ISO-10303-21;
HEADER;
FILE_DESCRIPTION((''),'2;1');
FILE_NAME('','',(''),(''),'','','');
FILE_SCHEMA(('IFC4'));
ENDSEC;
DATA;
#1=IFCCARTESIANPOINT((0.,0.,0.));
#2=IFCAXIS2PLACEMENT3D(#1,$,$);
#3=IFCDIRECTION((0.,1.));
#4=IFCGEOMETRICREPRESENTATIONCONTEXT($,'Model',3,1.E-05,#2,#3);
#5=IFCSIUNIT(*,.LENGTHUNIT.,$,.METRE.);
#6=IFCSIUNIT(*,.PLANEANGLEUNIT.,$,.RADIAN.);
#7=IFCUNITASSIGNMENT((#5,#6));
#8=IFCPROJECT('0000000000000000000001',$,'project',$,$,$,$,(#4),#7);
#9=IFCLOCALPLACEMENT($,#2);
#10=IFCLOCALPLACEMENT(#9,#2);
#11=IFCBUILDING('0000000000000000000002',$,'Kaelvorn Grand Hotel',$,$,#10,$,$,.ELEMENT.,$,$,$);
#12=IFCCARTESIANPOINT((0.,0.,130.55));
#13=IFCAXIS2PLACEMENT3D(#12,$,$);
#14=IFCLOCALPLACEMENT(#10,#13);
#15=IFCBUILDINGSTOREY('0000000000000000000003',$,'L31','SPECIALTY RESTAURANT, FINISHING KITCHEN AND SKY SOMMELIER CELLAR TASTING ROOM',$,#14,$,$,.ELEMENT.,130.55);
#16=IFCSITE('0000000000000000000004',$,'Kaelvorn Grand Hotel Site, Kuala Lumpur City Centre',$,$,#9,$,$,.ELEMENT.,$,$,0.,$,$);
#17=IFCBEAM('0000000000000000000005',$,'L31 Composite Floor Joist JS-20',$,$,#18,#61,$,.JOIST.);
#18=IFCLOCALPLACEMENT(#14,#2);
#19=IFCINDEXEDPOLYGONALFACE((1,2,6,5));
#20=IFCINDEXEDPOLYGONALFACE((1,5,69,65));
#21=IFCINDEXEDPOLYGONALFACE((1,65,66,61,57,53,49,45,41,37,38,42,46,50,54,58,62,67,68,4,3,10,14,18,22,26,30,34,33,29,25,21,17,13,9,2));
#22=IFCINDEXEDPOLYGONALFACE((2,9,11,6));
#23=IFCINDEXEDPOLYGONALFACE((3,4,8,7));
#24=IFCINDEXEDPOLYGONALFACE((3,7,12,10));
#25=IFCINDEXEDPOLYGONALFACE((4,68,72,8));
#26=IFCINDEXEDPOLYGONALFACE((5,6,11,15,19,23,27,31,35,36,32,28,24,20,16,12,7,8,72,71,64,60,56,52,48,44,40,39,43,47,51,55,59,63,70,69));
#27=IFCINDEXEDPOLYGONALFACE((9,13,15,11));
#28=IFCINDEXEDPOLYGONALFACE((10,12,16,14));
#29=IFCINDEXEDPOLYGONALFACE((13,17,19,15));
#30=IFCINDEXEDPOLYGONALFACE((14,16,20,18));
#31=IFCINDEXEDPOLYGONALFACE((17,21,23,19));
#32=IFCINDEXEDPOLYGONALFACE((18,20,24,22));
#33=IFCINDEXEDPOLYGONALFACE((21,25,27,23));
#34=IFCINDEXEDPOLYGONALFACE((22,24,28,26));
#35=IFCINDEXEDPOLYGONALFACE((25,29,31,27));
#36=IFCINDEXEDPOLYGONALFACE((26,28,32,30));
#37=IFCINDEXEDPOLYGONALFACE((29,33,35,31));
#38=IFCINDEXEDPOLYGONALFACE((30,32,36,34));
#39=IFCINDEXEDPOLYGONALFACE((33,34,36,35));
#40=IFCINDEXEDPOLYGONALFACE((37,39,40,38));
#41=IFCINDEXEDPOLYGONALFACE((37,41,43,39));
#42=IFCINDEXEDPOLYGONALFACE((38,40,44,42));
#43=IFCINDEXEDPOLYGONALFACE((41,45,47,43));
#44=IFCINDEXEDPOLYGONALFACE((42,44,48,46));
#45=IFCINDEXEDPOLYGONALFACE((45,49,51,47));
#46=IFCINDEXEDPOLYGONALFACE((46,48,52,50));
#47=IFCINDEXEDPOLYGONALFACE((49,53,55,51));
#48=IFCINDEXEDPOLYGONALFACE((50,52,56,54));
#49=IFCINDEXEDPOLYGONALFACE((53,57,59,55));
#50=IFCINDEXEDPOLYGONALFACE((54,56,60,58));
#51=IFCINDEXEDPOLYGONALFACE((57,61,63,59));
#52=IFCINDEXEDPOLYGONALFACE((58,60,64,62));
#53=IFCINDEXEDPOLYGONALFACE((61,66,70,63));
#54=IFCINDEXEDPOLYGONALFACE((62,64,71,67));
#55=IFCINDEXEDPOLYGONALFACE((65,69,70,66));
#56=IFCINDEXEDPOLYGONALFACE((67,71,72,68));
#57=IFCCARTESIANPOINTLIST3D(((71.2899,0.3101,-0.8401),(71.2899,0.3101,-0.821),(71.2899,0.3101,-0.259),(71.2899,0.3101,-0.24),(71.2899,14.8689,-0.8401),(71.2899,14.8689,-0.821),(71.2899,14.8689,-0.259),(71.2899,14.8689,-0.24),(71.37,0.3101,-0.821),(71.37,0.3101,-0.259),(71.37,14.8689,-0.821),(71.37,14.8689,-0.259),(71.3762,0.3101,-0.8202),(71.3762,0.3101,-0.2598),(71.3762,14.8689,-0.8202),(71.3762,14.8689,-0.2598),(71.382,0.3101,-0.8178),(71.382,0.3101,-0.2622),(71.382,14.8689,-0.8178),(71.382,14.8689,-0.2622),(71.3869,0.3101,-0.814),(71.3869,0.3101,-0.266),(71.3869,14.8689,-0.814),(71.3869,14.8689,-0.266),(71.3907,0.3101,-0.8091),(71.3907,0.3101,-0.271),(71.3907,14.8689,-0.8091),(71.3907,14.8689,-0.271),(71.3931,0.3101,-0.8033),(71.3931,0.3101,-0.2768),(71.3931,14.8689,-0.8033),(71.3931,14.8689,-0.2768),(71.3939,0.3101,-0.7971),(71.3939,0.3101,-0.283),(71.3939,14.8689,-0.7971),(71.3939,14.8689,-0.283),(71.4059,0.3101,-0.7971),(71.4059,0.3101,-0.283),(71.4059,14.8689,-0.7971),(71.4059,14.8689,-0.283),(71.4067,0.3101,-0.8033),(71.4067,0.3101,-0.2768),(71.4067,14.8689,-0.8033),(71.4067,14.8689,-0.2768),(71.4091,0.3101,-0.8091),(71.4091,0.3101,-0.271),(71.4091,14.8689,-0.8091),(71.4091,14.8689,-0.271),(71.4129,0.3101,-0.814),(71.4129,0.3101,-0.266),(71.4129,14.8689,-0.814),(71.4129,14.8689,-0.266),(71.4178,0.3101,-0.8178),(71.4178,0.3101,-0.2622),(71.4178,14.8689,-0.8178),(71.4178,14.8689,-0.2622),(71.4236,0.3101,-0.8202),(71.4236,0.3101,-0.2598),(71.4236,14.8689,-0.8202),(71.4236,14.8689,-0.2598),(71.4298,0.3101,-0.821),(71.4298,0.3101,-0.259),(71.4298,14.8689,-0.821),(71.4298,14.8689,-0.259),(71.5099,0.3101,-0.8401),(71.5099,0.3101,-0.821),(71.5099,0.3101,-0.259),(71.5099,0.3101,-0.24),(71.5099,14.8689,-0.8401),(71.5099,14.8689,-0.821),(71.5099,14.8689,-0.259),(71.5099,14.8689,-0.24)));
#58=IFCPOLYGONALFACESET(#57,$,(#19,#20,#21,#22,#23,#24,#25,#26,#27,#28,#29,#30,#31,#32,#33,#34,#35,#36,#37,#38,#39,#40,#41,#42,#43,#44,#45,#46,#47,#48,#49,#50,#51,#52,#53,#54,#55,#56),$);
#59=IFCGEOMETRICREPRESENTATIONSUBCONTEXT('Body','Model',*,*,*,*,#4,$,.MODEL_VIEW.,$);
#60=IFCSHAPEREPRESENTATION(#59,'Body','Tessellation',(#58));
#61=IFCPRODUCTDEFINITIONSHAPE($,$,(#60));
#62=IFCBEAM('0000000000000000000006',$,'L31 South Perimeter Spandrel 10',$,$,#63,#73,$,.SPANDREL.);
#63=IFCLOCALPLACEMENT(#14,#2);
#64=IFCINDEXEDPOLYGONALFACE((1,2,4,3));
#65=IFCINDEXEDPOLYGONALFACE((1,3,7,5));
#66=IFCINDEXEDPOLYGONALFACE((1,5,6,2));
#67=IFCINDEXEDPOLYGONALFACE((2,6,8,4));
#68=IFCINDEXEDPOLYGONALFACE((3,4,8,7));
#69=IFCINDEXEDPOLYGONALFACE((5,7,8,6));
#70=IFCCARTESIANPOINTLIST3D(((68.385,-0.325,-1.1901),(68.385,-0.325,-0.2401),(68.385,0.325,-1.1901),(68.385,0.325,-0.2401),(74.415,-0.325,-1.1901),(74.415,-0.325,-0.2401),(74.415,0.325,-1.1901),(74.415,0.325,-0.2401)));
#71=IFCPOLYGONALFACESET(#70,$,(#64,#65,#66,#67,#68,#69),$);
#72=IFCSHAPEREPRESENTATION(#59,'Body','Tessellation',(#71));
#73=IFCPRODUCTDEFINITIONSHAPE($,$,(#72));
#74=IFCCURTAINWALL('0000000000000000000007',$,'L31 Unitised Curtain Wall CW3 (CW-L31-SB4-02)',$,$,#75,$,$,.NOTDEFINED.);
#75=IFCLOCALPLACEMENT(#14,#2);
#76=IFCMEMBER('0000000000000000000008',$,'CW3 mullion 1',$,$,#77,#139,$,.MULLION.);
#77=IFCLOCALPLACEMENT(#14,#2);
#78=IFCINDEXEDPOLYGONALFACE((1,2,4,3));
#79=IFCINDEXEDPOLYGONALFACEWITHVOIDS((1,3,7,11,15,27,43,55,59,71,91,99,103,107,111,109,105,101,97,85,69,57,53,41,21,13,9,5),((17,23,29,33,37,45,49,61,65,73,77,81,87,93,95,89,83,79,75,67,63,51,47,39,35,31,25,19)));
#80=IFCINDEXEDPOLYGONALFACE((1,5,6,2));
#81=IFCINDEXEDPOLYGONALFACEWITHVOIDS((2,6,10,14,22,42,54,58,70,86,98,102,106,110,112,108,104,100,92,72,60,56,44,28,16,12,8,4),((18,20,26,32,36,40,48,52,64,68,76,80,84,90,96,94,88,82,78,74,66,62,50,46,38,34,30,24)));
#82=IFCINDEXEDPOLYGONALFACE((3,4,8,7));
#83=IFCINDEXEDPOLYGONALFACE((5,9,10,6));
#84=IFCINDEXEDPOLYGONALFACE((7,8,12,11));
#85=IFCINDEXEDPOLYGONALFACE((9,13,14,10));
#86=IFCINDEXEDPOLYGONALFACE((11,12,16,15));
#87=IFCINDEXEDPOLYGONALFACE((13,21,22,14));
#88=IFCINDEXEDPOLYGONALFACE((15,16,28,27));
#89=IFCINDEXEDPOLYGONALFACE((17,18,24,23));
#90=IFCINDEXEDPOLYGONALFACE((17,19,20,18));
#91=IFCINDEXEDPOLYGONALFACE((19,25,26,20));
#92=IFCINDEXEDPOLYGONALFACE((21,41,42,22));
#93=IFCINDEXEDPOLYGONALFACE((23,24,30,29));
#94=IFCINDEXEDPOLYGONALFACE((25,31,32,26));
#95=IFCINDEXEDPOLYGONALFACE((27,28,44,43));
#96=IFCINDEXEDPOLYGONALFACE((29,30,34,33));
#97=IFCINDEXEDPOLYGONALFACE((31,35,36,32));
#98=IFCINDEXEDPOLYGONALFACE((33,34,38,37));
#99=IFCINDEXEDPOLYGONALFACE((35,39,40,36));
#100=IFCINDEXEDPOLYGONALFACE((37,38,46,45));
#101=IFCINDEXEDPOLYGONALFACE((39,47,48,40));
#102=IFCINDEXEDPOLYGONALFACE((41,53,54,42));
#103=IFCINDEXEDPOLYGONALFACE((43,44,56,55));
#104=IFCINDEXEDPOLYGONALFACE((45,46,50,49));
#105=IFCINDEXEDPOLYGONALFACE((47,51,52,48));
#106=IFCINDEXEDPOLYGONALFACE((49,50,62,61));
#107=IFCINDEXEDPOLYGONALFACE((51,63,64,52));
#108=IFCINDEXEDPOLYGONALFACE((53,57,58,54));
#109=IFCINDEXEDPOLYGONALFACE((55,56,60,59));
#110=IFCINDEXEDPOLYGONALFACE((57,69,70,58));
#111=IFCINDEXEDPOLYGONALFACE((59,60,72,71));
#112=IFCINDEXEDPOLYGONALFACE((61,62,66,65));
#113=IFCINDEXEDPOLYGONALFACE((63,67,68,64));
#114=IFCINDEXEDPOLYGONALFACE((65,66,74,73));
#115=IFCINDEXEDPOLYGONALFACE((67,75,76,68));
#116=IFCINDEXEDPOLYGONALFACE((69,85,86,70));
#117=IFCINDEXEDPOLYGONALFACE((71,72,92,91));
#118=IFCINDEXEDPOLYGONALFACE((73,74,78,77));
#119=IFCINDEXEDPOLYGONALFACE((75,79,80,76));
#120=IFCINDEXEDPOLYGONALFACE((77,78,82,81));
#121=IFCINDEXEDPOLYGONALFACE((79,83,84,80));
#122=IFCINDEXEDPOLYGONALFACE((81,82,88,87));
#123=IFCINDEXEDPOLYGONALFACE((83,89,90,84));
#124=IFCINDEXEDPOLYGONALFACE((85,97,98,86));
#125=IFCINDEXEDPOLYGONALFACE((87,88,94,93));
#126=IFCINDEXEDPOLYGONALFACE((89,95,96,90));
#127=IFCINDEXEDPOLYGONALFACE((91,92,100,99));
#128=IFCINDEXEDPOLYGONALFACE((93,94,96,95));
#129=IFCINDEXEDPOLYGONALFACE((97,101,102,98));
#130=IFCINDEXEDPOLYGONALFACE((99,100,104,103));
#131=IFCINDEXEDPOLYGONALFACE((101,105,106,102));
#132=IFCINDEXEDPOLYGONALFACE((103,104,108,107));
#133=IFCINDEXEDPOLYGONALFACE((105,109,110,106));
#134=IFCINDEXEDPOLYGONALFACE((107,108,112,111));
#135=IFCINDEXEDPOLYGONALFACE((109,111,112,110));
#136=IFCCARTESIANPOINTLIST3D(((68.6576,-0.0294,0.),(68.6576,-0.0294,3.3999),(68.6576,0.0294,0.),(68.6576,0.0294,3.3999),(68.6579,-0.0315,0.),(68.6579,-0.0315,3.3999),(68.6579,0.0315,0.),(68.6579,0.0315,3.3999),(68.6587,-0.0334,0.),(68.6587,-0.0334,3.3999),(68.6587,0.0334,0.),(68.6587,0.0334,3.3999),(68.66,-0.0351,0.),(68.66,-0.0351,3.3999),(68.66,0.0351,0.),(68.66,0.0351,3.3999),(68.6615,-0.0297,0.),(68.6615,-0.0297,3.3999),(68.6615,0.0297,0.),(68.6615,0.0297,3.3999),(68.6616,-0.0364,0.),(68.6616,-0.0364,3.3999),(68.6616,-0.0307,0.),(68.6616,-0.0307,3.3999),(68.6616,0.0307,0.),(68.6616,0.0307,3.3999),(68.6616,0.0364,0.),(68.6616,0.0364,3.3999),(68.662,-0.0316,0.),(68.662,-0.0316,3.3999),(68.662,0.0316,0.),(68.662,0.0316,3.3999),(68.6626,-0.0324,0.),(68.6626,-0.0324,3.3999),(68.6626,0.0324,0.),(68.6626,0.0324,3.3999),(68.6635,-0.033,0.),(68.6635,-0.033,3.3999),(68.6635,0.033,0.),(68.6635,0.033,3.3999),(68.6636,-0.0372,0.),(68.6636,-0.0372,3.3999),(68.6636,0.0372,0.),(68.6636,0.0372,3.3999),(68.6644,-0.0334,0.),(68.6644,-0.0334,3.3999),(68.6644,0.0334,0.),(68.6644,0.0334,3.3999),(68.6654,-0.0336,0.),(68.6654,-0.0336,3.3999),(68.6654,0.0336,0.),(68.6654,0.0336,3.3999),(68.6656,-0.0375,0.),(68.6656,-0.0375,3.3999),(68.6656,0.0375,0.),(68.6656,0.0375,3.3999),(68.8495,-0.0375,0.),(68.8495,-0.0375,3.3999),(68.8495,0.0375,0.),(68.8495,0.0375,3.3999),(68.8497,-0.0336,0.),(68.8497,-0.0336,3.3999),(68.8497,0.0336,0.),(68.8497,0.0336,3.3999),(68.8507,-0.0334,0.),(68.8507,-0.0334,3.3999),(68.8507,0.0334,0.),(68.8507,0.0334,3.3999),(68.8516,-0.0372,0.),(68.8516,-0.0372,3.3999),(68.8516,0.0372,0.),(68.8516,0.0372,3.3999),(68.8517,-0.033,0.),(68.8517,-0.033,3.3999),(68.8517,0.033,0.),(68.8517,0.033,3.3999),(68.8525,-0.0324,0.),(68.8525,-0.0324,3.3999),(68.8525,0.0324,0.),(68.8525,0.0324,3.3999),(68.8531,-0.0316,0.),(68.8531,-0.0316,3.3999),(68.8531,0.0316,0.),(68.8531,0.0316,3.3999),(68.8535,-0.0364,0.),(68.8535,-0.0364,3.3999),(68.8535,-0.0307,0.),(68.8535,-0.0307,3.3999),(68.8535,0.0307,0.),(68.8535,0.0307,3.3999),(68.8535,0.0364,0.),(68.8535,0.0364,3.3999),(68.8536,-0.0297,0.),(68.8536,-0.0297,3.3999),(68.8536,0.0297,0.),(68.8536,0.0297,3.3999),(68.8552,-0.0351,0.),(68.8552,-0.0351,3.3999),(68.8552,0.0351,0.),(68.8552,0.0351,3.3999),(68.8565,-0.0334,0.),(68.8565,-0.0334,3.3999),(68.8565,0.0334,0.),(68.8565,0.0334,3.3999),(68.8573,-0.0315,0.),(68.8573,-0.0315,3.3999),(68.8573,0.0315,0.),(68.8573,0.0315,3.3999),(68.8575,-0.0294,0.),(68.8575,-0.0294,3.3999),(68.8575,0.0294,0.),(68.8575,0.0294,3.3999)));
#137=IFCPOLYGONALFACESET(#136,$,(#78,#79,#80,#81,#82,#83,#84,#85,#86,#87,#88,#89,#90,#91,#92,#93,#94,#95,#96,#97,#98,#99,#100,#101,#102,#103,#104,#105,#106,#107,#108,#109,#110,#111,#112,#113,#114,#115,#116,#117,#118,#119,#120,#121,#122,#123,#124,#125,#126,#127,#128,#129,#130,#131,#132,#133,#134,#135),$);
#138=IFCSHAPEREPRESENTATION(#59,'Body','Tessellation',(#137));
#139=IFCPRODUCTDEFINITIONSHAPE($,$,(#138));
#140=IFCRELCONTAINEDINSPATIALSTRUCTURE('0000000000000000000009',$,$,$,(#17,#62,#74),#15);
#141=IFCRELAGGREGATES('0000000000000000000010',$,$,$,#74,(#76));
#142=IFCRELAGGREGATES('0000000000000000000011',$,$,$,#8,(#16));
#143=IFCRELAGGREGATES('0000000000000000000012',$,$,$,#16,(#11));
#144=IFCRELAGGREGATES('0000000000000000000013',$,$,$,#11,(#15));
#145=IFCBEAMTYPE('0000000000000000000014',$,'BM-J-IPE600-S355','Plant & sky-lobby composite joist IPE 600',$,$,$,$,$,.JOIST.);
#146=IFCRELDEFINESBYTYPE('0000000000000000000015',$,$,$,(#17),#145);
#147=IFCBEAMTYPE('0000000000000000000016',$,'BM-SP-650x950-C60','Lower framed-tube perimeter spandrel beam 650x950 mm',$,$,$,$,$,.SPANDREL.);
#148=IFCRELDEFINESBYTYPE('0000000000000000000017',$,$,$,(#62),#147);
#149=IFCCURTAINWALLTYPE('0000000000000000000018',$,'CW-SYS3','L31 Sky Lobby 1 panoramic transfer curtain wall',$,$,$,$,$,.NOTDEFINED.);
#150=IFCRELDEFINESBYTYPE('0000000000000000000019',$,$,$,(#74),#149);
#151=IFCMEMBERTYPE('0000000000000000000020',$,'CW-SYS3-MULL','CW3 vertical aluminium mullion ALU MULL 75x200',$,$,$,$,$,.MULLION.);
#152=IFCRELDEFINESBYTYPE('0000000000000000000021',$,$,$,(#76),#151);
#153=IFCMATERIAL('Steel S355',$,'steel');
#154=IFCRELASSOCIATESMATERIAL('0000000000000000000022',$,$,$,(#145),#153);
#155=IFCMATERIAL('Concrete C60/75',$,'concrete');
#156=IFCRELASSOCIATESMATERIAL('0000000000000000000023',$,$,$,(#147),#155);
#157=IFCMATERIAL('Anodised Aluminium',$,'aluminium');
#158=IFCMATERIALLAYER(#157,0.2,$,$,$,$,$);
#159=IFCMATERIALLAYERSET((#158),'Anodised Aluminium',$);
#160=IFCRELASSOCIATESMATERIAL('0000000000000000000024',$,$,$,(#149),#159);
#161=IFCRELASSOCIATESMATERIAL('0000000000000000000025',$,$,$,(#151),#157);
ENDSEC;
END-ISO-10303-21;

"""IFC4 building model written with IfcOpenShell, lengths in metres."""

from ifc_helpers import new_model, si_unit, direction, frame, origin, origin_2d, place, context, subcontext, project, spatial, rectangle, hollow_rectangle, i_section, extrude, material, layer, layer_set, material_profile, profile_set, type_object, element, aggregate, save


model = new_model("IFC4")

# Units and contexts
model_context = context("Model", 3, precision=1e-05, world=origin(), true_north=direction((0.0, 1.0)))
body_context = subcontext(model_context, "Body", "Model", "MODEL_VIEW")
ifc_project = project(units=[si_unit("LENGTHUNIT", "METRE"), si_unit("PLANEANGLEUNIT", "RADIAN")], contexts=[model_context])

# Site, building, storey
site_placement = place(None, origin())
site = spatial("IfcSite", under=ifc_project, at=site_placement, Name="Kaelvorn Grand Hotel Site, Kuala Lumpur City Centre", CompositionType="ELEMENT", RefElevation=0.0)
building_placement = place(site_placement, origin())
building = spatial("IfcBuilding", under=site, at=building_placement, Name="Kaelvorn Grand Hotel", CompositionType="ELEMENT")
storey_placement = place(building_placement, frame((0.0, 0.0, 130.55)))
storey = spatial("IfcBuildingStorey", under=building, at=storey_placement, Name="L31", Description="SPECIALTY RESTAURANT, FINISHING KITCHEN AND SKY SOMMELIER CELLAR TASTING ROOM", CompositionType="ELEMENT", Elevation=130.55)

# Beams
ifc_material_1 = material(Name="Steel S355", Category="steel")
ifc_material_profile_1 = material_profile(ifc_material_1, i_section(OverallWidth=0.22, OverallDepth=0.6001, WebThickness=0.012, FlangeThickness=0.019, FilletRadius=0.0239, at=origin_2d()), Name="IPE 600")
ifc_profile_set_1 = profile_set([ifc_material_profile_1], Name="Steel S355")
beam_type_1 = type_object("IfcBeamType", Name="BM-J-IPE600-S355", Description="Plant & sky-lobby composite joist IPE 600", PredefinedType="JOIST", material=ifc_profile_set_1)
beam_1_placement = place(storey_placement, frame((71.3999, 0.3101, -0.54), z_axis=(0.0, 1.0, 0.0), x_axis=(-1.0, 0.0, 0.0)))
element("IfcBeam", 1, at=beam_1_placement, inside=storey, type_object=beam_type_1, Name="L31 Composite Floor Joist JS-20", PredefinedType="JOIST", context=body_context, shape_type="SweptSolid", body=[
    extrude(i_section(OverallWidth=0.22, OverallDepth=0.6001, WebThickness=0.012, FlangeThickness=0.019, FilletRadius=0.0239, at=origin_2d()), origin(), (0.0, 0.0, 1.0), 14.5588),
])
ifc_material_2 = material(Name="Concrete C60/75", Category="concrete")
ifc_material_profile_2 = material_profile(ifc_material_2, rectangle(XDim=0.6499, YDim=0.95, at=origin_2d()), Name="RC SPANDREL 650x950")
ifc_profile_set_2 = profile_set([ifc_material_profile_2], Name="Concrete C60/75")
beam_type_2 = type_object("IfcBeamType", Name="BM-SP-650x950-C60", Description="Lower framed-tube perimeter spandrel beam 650x950 mm", PredefinedType="SPANDREL", material=ifc_profile_set_2)
beam_2_placement = place(storey_placement, frame((68.385, 0.0, -0.7151), z_axis=(1.0, 0.0, 0.0), x_axis=(0.0, 1.0, 0.0)))
element("IfcBeam", 2, at=beam_2_placement, inside=storey, type_object=beam_type_2, Name="L31 South Perimeter Spandrel 10", PredefinedType="SPANDREL", context=body_context, shape_type="SweptSolid", body=[
    extrude(rectangle(XDim=0.6499, YDim=0.95, at=origin_2d()), origin(), (0.0, 0.0, 1.0), 6.03),
])

# Curtain wall, member
ifc_material_3 = material(Name="Anodised Aluminium", Category="aluminium")
ifc_layer_1 = layer(ifc_material_3, 0.2)
ifc_layer_set_1 = layer_set([ifc_layer_1], Name="Anodised Aluminium")
curtain_wall_type = type_object("IfcCurtainWallType", Name="CW-SYS3", Description="L31 Sky Lobby 1 panoramic transfer curtain wall", PredefinedType="NOTDEFINED", material=ifc_layer_set_1)
curtain_wall_placement = place(storey_placement, origin())
curtain_wall = element("IfcCurtainWall", 3, at=curtain_wall_placement, inside=storey, type_object=curtain_wall_type, Name="L31 Unitised Curtain Wall CW3 (CW-L31-SB4-02)", PredefinedType="NOTDEFINED")
ifc_material_profile_3 = material_profile(ifc_material_3, hollow_rectangle(XDim=0.075, YDim=0.2, WallThickness=0.0039, InnerFilletRadius=0.0039, OuterFilletRadius=0.0081, at=origin_2d()), Name="ALU MULL 75x200")
ifc_profile_set_3 = profile_set([ifc_material_profile_3], Name="Anodised Aluminium")
member_type_1 = type_object("IfcMemberType", Name="CW-SYS3-MULL", Description="CW3 vertical aluminium mullion ALU MULL 75x200", PredefinedType="MULLION", material=ifc_profile_set_3)
member_1_placement = place(storey_placement, frame((68.7576, 0.0, 0.0), z_axis=(0.0, 0.0, 1.0), x_axis=(0.0, 1.0, 0.0)))
member_1 = element("IfcMember", 4, at=member_1_placement, type_object=member_type_1, Name="CW3 mullion 1", PredefinedType="MULLION", context=body_context, shape_type="SweptSolid", body=[
    extrude(hollow_rectangle(XDim=0.075, YDim=0.2, WallThickness=0.0039, InnerFilletRadius=0.0039, OuterFilletRadius=0.0081, at=origin_2d()), origin(), (0.0, 0.0, 1.0), 3.3999),
])
aggregate(curtain_wall, [member_1])

save(model, "model.ifc")
